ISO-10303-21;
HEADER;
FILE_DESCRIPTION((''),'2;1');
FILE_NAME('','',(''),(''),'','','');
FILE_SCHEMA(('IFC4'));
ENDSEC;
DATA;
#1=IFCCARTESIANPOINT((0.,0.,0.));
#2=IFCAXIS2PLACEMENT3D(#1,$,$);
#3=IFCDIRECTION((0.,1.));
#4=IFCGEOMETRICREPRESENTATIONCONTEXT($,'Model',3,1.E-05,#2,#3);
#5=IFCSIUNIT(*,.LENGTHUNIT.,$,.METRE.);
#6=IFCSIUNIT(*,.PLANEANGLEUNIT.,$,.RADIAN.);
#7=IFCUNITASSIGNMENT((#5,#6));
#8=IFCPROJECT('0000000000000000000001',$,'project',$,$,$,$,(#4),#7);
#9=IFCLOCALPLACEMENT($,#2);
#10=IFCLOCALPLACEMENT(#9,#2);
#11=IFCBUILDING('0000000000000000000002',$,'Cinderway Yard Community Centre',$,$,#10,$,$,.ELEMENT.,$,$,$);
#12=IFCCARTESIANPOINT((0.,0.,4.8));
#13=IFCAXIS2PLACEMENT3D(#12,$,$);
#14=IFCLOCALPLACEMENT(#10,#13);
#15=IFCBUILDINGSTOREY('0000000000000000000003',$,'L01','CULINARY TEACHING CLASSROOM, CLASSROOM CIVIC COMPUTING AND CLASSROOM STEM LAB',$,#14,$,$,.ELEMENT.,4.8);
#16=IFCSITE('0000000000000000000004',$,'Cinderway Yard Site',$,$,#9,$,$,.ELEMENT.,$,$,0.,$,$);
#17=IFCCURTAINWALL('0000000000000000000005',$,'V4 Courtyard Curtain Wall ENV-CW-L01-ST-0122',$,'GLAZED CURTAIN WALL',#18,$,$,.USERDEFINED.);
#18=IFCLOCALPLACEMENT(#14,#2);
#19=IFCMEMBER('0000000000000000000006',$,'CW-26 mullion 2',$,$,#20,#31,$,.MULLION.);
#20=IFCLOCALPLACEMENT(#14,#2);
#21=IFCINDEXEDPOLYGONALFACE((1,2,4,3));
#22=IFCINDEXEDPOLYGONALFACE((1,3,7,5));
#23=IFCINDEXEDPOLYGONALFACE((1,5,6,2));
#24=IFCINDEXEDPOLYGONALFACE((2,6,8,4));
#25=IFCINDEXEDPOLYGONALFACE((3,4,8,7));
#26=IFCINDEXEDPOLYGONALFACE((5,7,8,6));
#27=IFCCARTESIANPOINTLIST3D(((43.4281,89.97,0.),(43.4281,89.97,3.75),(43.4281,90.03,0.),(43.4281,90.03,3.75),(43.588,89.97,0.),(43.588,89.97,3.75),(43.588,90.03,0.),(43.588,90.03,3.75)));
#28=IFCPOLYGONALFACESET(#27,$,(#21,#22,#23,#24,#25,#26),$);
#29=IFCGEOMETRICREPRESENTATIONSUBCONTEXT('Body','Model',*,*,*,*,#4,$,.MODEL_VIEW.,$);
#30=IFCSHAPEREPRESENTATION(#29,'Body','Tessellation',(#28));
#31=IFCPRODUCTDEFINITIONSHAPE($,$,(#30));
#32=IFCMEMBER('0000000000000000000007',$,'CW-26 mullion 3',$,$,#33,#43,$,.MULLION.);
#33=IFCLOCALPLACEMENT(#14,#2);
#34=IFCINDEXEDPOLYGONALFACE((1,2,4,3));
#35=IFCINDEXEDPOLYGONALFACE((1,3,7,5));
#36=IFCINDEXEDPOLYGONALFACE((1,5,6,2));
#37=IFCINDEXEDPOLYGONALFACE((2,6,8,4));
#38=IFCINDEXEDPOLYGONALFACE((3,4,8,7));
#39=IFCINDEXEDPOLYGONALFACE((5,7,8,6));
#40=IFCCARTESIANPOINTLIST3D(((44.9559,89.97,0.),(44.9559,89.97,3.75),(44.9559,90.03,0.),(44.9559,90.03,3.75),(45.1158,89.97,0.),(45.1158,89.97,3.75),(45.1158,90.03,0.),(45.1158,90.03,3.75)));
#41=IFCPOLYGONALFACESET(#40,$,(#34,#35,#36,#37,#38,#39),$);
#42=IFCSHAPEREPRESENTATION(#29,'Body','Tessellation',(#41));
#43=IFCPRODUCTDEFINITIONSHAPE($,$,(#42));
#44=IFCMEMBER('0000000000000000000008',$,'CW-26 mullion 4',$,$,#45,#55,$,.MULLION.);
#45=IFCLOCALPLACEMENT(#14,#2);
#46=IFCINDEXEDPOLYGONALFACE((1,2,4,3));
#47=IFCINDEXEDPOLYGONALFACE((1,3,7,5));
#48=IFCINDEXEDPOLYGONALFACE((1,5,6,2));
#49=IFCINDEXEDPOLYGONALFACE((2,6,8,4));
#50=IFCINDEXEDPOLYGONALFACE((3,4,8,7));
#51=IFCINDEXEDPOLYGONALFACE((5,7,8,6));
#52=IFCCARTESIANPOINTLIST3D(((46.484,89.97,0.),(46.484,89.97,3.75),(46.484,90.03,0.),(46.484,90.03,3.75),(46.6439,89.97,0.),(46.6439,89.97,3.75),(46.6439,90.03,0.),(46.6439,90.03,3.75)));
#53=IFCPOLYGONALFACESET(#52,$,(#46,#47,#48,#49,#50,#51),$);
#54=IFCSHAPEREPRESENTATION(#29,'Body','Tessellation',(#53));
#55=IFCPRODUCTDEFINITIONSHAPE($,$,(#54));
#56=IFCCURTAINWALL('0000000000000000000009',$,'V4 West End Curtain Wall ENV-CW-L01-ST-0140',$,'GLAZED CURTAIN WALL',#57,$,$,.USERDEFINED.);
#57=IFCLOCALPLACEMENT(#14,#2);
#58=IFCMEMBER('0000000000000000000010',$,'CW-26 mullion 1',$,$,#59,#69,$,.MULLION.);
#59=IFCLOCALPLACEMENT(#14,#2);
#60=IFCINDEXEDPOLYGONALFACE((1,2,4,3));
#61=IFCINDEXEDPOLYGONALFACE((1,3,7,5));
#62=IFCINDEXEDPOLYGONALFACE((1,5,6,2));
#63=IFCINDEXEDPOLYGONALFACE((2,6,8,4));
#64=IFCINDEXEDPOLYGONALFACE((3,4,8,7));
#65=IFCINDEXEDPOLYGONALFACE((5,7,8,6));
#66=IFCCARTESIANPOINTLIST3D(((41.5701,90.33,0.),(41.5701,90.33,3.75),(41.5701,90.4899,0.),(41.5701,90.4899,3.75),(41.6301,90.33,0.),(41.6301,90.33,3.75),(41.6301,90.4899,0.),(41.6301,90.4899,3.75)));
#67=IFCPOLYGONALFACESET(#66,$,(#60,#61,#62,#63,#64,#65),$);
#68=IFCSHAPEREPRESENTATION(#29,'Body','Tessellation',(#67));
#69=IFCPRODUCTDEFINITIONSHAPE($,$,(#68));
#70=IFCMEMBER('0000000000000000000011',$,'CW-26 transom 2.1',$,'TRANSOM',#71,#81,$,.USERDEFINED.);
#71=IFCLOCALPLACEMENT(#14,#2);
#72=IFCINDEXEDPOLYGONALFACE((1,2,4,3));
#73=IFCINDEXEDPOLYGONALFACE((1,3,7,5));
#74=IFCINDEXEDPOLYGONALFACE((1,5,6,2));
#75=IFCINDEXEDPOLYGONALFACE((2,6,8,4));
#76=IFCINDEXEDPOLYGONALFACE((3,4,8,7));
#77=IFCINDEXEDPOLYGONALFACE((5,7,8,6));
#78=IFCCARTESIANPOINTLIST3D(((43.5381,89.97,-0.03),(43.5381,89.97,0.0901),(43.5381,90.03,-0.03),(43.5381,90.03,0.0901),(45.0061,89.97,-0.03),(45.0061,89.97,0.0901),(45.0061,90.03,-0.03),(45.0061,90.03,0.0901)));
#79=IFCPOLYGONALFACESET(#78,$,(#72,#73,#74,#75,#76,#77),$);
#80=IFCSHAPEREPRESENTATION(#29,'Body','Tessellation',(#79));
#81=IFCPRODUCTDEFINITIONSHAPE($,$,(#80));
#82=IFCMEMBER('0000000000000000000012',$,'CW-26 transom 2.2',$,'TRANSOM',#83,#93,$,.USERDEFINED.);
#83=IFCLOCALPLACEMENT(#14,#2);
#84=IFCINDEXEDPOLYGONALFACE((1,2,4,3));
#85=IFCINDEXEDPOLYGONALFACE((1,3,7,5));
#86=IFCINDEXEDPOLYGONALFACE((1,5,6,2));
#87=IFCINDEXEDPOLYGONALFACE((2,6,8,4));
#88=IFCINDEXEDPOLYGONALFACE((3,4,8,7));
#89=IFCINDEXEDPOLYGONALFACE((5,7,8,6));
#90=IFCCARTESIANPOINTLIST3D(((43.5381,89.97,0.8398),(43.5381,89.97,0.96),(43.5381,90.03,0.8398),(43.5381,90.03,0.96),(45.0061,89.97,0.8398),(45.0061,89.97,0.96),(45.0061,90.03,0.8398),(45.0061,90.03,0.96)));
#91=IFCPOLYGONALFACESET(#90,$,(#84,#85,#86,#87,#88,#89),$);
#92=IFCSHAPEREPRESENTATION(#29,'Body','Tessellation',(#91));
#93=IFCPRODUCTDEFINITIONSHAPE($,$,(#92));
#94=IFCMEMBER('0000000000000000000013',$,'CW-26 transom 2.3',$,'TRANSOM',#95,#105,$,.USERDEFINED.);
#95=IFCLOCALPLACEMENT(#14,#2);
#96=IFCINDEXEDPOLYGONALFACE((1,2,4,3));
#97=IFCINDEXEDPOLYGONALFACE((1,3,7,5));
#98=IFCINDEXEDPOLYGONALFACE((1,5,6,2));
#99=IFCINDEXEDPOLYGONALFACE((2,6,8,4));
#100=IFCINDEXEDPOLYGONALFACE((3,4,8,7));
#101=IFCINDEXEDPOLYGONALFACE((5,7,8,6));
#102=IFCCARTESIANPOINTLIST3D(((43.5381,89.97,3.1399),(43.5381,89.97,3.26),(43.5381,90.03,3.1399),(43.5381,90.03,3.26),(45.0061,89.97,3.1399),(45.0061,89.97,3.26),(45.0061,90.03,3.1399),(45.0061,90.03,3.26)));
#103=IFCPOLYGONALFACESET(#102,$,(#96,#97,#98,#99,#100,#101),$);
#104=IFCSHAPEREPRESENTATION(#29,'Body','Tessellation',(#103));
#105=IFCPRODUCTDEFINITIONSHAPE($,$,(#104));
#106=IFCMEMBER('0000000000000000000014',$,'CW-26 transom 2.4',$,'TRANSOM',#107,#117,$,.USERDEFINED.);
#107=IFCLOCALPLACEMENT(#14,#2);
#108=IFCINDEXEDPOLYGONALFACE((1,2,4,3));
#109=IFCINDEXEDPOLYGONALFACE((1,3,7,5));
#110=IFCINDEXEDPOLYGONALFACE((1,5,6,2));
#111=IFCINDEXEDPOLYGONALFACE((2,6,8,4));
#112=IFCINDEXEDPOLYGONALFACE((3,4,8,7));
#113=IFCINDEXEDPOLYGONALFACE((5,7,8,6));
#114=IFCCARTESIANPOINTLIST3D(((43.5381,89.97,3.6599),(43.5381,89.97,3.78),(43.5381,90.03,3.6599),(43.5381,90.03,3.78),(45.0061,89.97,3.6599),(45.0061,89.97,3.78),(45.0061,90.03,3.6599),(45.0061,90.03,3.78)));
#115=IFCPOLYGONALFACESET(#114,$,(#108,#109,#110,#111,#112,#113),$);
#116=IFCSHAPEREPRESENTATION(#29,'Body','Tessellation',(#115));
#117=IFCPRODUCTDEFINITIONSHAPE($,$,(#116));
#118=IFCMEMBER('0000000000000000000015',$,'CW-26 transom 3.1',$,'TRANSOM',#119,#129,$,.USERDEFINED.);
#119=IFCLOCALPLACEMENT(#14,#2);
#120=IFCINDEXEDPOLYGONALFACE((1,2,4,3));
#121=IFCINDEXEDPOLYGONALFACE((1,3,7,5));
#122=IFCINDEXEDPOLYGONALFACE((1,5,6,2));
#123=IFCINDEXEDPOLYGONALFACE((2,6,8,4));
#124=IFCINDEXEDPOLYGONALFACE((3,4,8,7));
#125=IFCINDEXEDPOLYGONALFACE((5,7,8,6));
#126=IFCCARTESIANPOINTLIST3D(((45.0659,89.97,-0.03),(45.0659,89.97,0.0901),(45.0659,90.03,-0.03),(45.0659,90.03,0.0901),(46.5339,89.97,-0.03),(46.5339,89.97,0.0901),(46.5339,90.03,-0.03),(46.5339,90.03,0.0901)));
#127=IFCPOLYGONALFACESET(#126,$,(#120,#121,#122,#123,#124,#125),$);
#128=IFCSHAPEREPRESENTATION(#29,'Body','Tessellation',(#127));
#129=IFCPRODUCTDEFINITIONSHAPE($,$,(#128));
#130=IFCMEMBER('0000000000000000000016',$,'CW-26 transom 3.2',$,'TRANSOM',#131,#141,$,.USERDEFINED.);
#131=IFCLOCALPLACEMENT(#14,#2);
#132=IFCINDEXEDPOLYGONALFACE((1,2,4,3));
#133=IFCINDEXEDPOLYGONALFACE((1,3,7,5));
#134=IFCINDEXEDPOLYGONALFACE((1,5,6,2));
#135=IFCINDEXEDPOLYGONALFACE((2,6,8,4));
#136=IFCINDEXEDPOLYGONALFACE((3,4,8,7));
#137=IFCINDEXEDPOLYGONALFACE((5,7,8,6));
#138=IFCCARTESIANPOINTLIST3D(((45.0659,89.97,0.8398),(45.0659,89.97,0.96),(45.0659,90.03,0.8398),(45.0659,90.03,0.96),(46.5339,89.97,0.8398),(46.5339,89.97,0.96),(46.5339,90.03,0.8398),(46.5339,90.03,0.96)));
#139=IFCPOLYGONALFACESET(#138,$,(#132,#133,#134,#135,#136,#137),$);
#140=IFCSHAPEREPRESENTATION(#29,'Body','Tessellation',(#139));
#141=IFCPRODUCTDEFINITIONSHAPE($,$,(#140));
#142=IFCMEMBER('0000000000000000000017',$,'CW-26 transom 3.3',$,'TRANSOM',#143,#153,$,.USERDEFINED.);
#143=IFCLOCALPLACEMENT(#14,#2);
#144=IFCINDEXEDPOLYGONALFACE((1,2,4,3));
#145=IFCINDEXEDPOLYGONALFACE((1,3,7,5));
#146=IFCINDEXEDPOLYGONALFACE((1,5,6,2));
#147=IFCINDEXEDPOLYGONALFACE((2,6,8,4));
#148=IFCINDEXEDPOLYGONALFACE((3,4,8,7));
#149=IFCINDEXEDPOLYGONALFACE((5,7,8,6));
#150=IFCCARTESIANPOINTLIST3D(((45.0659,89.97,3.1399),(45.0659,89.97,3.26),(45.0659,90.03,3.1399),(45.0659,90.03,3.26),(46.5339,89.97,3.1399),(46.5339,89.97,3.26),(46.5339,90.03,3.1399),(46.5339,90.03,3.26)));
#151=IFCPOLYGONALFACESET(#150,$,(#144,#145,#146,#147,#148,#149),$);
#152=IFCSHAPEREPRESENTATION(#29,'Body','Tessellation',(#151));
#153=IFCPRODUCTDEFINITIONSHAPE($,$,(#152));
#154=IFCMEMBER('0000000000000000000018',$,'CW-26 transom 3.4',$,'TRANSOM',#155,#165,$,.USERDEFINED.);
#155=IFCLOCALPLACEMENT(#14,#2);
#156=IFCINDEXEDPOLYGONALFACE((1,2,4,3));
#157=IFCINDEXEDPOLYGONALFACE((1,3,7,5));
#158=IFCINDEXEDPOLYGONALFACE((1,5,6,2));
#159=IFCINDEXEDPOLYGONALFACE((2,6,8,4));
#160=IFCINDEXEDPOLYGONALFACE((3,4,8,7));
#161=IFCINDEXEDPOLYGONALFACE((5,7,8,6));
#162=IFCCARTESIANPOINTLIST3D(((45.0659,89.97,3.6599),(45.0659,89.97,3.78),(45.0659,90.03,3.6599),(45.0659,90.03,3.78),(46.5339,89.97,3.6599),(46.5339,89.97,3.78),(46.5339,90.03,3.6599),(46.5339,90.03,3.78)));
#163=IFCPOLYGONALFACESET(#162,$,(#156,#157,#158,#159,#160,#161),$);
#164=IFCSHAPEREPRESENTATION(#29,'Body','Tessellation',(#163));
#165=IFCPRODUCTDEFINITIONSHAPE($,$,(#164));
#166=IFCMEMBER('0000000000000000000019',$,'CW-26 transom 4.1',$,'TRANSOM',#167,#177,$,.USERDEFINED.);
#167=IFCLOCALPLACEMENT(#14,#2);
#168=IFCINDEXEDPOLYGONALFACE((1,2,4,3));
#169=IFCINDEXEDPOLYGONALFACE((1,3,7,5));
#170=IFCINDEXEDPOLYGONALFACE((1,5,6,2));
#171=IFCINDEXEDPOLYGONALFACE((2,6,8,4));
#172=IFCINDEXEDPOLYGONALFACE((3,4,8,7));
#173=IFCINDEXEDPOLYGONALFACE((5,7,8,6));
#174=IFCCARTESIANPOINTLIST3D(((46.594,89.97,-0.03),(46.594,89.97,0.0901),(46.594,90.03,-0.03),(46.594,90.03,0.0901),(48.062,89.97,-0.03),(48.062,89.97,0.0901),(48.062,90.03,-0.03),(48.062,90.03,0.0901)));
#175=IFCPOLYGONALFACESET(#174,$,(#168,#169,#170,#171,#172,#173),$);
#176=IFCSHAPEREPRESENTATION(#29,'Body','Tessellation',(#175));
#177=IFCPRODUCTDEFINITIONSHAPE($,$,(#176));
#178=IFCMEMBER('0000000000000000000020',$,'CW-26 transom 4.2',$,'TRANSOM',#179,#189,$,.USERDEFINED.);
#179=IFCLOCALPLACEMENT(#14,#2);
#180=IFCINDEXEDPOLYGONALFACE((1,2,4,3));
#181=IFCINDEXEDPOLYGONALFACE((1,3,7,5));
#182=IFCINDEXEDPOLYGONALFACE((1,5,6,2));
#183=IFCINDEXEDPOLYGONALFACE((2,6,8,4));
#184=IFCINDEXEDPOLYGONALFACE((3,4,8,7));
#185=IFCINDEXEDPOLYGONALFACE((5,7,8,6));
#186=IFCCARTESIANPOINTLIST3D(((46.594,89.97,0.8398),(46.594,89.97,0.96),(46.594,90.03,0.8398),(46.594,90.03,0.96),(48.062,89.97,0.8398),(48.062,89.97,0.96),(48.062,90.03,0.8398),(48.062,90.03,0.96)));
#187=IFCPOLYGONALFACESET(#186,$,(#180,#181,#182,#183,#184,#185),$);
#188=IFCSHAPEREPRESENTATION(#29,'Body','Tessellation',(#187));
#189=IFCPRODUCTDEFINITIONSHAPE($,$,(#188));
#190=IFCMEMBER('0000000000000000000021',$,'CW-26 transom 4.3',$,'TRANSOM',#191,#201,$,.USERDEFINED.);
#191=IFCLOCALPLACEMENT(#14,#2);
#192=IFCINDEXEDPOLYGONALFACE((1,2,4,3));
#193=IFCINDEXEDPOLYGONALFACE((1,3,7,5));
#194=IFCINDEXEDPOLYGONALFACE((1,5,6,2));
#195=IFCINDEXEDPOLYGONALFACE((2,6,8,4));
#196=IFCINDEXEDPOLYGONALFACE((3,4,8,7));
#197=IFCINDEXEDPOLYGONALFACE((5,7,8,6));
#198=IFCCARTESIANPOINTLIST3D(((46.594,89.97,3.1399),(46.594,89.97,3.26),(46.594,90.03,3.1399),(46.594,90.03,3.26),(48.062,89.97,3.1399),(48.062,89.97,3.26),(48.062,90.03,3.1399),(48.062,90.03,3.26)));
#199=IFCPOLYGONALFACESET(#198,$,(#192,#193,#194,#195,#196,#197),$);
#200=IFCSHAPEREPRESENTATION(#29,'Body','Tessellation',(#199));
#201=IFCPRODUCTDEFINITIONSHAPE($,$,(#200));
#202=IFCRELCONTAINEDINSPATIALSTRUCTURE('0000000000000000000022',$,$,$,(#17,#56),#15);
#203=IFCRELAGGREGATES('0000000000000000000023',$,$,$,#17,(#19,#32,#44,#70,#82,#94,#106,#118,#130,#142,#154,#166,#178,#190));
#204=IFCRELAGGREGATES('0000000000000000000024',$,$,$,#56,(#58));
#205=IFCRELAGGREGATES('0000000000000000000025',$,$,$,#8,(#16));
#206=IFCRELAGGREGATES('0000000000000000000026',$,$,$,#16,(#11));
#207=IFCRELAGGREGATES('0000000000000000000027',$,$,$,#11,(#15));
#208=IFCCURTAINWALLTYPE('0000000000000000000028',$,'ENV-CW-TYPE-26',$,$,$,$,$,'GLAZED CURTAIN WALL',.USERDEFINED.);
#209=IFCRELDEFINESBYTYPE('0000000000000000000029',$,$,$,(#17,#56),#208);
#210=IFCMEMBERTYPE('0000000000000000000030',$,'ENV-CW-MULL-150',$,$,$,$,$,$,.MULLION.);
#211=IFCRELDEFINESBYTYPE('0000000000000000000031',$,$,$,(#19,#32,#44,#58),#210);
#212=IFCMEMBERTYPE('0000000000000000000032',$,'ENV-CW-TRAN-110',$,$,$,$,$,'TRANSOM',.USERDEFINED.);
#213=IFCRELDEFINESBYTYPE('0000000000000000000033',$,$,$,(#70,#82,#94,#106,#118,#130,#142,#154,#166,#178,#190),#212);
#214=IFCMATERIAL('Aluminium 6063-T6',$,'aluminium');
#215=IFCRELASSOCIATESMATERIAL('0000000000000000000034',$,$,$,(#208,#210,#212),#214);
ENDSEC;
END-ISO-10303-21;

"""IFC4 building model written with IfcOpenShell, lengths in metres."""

from ifc_helpers import new_model, si_unit, direction, frame, origin, origin_2d, place, context, subcontext, project, spatial, rectangle, extrude, material, material_profile, profile_set, type_object, element, aggregate, save


model = new_model("IFC4")

# Units and contexts
model_context = context("Model", 3, precision=1e-05, world=origin(), true_north=direction((0.0, 1.0)))
body_context = subcontext(model_context, "Body", "Model", "MODEL_VIEW")
ifc_project = project(units=[si_unit("LENGTHUNIT", "METRE"), si_unit("PLANEANGLEUNIT", "RADIAN")], contexts=[model_context])

# Site, building, storey
site_placement = place(None, origin())
site = spatial("IfcSite", under=ifc_project, at=site_placement, Name="Cinderway Yard Site", CompositionType="ELEMENT", RefElevation=0.0)
building_placement = place(site_placement, origin())
building = spatial("IfcBuilding", under=site, at=building_placement, Name="Cinderway Yard Community Centre", CompositionType="ELEMENT")
storey_placement = place(building_placement, frame((0.0, 0.0, 4.8)))
storey = spatial("IfcBuildingStorey", under=building, at=storey_placement, Name="L01", Description="CULINARY TEACHING CLASSROOM, CLASSROOM CIVIC COMPUTING AND CLASSROOM STEM LAB", CompositionType="ELEMENT", Elevation=4.8)

# Curtain wall, members
ifc_material_1 = material(Name="Aluminium 6063-T6", Category="aluminium")
curtain_wall_type = type_object("IfcCurtainWallType", Name="ENV-CW-TYPE-26", ElementType="GLAZED CURTAIN WALL", PredefinedType="USERDEFINED", material=ifc_material_1)
curtain_wall_1_placement = place(storey_placement, origin())
curtain_wall_1 = element("IfcCurtainWall", 1, at=curtain_wall_1_placement, inside=storey, type_object=curtain_wall_type, Name="V4 Courtyard Curtain Wall ENV-CW-L01-ST-0122", ObjectType="GLAZED CURTAIN WALL", PredefinedType="USERDEFINED")
ifc_material_profile_1 = material_profile(ifc_material_1, rectangle(XDim=0.0601, YDim=0.1599, at=origin_2d()), Name="Aluminium 6063-T6")
ifc_profile_set_1 = profile_set([ifc_material_profile_1], Name="Aluminium 6063-T6")
member_type_1 = type_object("IfcMemberType", Name="ENV-CW-MULL-150", PredefinedType="MULLION", material=ifc_profile_set_1)
member_1_placement = place(storey_placement, frame((43.5081, 90.0, 0.0), z_axis=(0.0, 0.0, 1.0), x_axis=(0.0, 1.0, 0.0)))
member_1 = element("IfcMember", 2, at=member_1_placement, type_object=member_type_1, Name="CW-26 mullion 2", PredefinedType="MULLION", context=body_context, shape_type="SweptSolid", body=[
    extrude(rectangle(XDim=0.0601, YDim=0.1599, at=origin_2d()), origin(), (0.0, 0.0, 1.0), 3.75),
])
member_2_placement = place(storey_placement, frame((45.0359, 90.0, 0.0), z_axis=(0.0, 0.0, 1.0), x_axis=(0.0, 1.0, 0.0)))
member_2 = element("IfcMember", 3, at=member_2_placement, type_object=member_type_1, Name="CW-26 mullion 3", PredefinedType="MULLION", context=body_context, shape_type="SweptSolid", body=[
    extrude(rectangle(XDim=0.0601, YDim=0.1599, at=origin_2d()), origin(), (0.0, 0.0, 1.0), 3.75),
])
member_3_placement = place(storey_placement, frame((46.564, 90.0, 0.0), z_axis=(0.0, 0.0, 1.0), x_axis=(0.0, 1.0, 0.0)))
member_3 = element("IfcMember", 4, at=member_3_placement, type_object=member_type_1, Name="CW-26 mullion 4", PredefinedType="MULLION", context=body_context, shape_type="SweptSolid", body=[
    extrude(rectangle(XDim=0.0601, YDim=0.1599, at=origin_2d()), origin(), (0.0, 0.0, 1.0), 3.75),
])

# Curtain wall, member
curtain_wall_2_placement = place(storey_placement, origin())
curtain_wall_2 = element("IfcCurtainWall", 5, at=curtain_wall_2_placement, inside=storey, type_object=curtain_wall_type, Name="V4 West End Curtain Wall ENV-CW-L01-ST-0140", ObjectType="GLAZED CURTAIN WALL", PredefinedType="USERDEFINED")
member_4_placement = place(storey_placement, frame((41.6001, 90.4099, 0.0), z_axis=(0.0, 0.0, 1.0), x_axis=(-1.0, 0.0, 0.0)))
member_4 = element("IfcMember", 6, at=member_4_placement, type_object=member_type_1, Name="CW-26 mullion 1", PredefinedType="MULLION", context=body_context, shape_type="SweptSolid", body=[
    extrude(rectangle(XDim=0.0601, YDim=0.1599, at=origin_2d()), origin(), (0.0, 0.0, 1.0), 3.75),
])

# Members
ifc_material_profile_2 = material_profile(ifc_material_1, rectangle(XDim=0.0601, YDim=0.1201, at=origin_2d()), Name="Aluminium 6063-T6")
ifc_profile_set_2 = profile_set([ifc_material_profile_2], Name="Aluminium 6063-T6")
member_type_2 = type_object("IfcMemberType", Name="ENV-CW-TRAN-110", ElementType="TRANSOM", PredefinedType="USERDEFINED", material=ifc_profile_set_2)
member_5_placement = place(storey_placement, frame((43.5381, 90.0, 0.03), z_axis=(1.0, 0.0, 0.0), x_axis=(0.0, 1.0, 0.0)))
member_5 = element("IfcMember", 7, at=member_5_placement, type_object=member_type_2, Name="CW-26 transom 2.1", ObjectType="TRANSOM", PredefinedType="USERDEFINED", context=body_context, shape_type="SweptSolid", body=[
    extrude(rectangle(XDim=0.0601, YDim=0.1201, at=origin_2d()), origin(), (0.0, 0.0, 1.0), 1.468),
])
member_6_placement = place(storey_placement, frame((43.5381, 90.0, 0.8999), z_axis=(1.0, 0.0, 0.0), x_axis=(0.0, 1.0, 0.0)))
member_6 = element("IfcMember", 8, at=member_6_placement, type_object=member_type_2, Name="CW-26 transom 2.2", ObjectType="TRANSOM", PredefinedType="USERDEFINED", context=body_context, shape_type="SweptSolid", body=[
    extrude(rectangle(XDim=0.0601, YDim=0.1201, at=origin_2d()), origin(), (0.0, 0.0, 1.0), 1.468),
])
member_7_placement = place(storey_placement, frame((43.5381, 90.0, 3.2), z_axis=(1.0, 0.0, 0.0), x_axis=(0.0, 1.0, 0.0)))
member_7 = element("IfcMember", 9, at=member_7_placement, type_object=member_type_2, Name="CW-26 transom 2.3", ObjectType="TRANSOM", PredefinedType="USERDEFINED", context=body_context, shape_type="SweptSolid", body=[
    extrude(rectangle(XDim=0.0601, YDim=0.1201, at=origin_2d()), origin(), (0.0, 0.0, 1.0), 1.468),
])
member_8_placement = place(storey_placement, frame((43.5381, 90.0, 3.72), z_axis=(1.0, 0.0, 0.0), x_axis=(0.0, 1.0, 0.0)))
member_8 = element("IfcMember", 10, at=member_8_placement, type_object=member_type_2, Name="CW-26 transom 2.4", ObjectType="TRANSOM", PredefinedType="USERDEFINED", context=body_context, shape_type="SweptSolid", body=[
    extrude(rectangle(XDim=0.0601, YDim=0.1201, at=origin_2d()), origin(), (0.0, 0.0, 1.0), 1.468),
])
member_9_placement = place(storey_placement, frame((45.0659, 90.0, 0.03), z_axis=(1.0, 0.0, 0.0), x_axis=(0.0, 1.0, 0.0)))
member_9 = element("IfcMember", 11, at=member_9_placement, type_object=member_type_2, Name="CW-26 transom 3.1", ObjectType="TRANSOM", PredefinedType="USERDEFINED", context=body_context, shape_type="SweptSolid", body=[
    extrude(rectangle(XDim=0.0601, YDim=0.1201, at=origin_2d()), origin(), (0.0, 0.0, 1.0), 1.468),
])
member_10_placement = place(storey_placement, frame((45.0659, 90.0, 0.8999), z_axis=(1.0, 0.0, 0.0), x_axis=(0.0, 1.0, 0.0)))
member_10 = element("IfcMember", 12, at=member_10_placement, type_object=member_type_2, Name="CW-26 transom 3.2", ObjectType="TRANSOM", PredefinedType="USERDEFINED", context=body_context, shape_type="SweptSolid", body=[
    extrude(rectangle(XDim=0.0601, YDim=0.1201, at=origin_2d()), origin(), (0.0, 0.0, 1.0), 1.468),
])
member_11_placement = place(storey_placement, frame((45.0659, 90.0, 3.2), z_axis=(1.0, 0.0, 0.0), x_axis=(0.0, 1.0, 0.0)))
member_11 = element("IfcMember", 13, at=member_11_placement, type_object=member_type_2, Name="CW-26 transom 3.3", ObjectType="TRANSOM", PredefinedType="USERDEFINED", context=body_context, shape_type="SweptSolid", body=[
    extrude(rectangle(XDim=0.0601, YDim=0.1201, at=origin_2d()), origin(), (0.0, 0.0, 1.0), 1.468),
])
member_12_placement = place(storey_placement, frame((45.0659, 90.0, 3.72), z_axis=(1.0, 0.0, 0.0), x_axis=(0.0, 1.0, 0.0)))
member_12 = element("IfcMember", 14, at=member_12_placement, type_object=member_type_2, Name="CW-26 transom 3.4", ObjectType="TRANSOM", PredefinedType="USERDEFINED", context=body_context, shape_type="SweptSolid", body=[
    extrude(rectangle(XDim=0.0601, YDim=0.1201, at=origin_2d()), origin(), (0.0, 0.0, 1.0), 1.468),
])
member_13_placement = place(storey_placement, frame((46.594, 90.0, 0.03), z_axis=(1.0, 0.0, 0.0), x_axis=(0.0, 1.0, 0.0)))
member_13 = element("IfcMember", 15, at=member_13_placement, type_object=member_type_2, Name="CW-26 transom 4.1", ObjectType="TRANSOM", PredefinedType="USERDEFINED", context=body_context, shape_type="SweptSolid", body=[
    extrude(rectangle(XDim=0.0601, YDim=0.1201, at=origin_2d()), origin(), (0.0, 0.0, 1.0), 1.468),
])
member_14_placement = place(storey_placement, frame((46.594, 90.0, 0.8999), z_axis=(1.0, 0.0, 0.0), x_axis=(0.0, 1.0, 0.0)))
member_14 = element("IfcMember", 16, at=member_14_placement, type_object=member_type_2, Name="CW-26 transom 4.2", ObjectType="TRANSOM", PredefinedType="USERDEFINED", context=body_context, shape_type="SweptSolid", body=[
    extrude(rectangle(XDim=0.0601, YDim=0.1201, at=origin_2d()), origin(), (0.0, 0.0, 1.0), 1.468),
])
member_15_placement = place(storey_placement, frame((46.594, 90.0, 3.2), z_axis=(1.0, 0.0, 0.0), x_axis=(0.0, 1.0, 0.0)))
member_15 = element("IfcMember", 17, at=member_15_placement, type_object=member_type_2, Name="CW-26 transom 4.3", ObjectType="TRANSOM", PredefinedType="USERDEFINED", context=body_context, shape_type="SweptSolid", body=[
    extrude(rectangle(XDim=0.0601, YDim=0.1201, at=origin_2d()), origin(), (0.0, 0.0, 1.0), 1.468),
])

aggregate(curtain_wall_1, [member_1, member_2, member_3, member_5, member_6, member_7, member_8, member_9, member_10, member_11, member_12, member_13, member_14, member_15])
aggregate(curtain_wall_2, [member_4])

save(model, "model.ifc")
